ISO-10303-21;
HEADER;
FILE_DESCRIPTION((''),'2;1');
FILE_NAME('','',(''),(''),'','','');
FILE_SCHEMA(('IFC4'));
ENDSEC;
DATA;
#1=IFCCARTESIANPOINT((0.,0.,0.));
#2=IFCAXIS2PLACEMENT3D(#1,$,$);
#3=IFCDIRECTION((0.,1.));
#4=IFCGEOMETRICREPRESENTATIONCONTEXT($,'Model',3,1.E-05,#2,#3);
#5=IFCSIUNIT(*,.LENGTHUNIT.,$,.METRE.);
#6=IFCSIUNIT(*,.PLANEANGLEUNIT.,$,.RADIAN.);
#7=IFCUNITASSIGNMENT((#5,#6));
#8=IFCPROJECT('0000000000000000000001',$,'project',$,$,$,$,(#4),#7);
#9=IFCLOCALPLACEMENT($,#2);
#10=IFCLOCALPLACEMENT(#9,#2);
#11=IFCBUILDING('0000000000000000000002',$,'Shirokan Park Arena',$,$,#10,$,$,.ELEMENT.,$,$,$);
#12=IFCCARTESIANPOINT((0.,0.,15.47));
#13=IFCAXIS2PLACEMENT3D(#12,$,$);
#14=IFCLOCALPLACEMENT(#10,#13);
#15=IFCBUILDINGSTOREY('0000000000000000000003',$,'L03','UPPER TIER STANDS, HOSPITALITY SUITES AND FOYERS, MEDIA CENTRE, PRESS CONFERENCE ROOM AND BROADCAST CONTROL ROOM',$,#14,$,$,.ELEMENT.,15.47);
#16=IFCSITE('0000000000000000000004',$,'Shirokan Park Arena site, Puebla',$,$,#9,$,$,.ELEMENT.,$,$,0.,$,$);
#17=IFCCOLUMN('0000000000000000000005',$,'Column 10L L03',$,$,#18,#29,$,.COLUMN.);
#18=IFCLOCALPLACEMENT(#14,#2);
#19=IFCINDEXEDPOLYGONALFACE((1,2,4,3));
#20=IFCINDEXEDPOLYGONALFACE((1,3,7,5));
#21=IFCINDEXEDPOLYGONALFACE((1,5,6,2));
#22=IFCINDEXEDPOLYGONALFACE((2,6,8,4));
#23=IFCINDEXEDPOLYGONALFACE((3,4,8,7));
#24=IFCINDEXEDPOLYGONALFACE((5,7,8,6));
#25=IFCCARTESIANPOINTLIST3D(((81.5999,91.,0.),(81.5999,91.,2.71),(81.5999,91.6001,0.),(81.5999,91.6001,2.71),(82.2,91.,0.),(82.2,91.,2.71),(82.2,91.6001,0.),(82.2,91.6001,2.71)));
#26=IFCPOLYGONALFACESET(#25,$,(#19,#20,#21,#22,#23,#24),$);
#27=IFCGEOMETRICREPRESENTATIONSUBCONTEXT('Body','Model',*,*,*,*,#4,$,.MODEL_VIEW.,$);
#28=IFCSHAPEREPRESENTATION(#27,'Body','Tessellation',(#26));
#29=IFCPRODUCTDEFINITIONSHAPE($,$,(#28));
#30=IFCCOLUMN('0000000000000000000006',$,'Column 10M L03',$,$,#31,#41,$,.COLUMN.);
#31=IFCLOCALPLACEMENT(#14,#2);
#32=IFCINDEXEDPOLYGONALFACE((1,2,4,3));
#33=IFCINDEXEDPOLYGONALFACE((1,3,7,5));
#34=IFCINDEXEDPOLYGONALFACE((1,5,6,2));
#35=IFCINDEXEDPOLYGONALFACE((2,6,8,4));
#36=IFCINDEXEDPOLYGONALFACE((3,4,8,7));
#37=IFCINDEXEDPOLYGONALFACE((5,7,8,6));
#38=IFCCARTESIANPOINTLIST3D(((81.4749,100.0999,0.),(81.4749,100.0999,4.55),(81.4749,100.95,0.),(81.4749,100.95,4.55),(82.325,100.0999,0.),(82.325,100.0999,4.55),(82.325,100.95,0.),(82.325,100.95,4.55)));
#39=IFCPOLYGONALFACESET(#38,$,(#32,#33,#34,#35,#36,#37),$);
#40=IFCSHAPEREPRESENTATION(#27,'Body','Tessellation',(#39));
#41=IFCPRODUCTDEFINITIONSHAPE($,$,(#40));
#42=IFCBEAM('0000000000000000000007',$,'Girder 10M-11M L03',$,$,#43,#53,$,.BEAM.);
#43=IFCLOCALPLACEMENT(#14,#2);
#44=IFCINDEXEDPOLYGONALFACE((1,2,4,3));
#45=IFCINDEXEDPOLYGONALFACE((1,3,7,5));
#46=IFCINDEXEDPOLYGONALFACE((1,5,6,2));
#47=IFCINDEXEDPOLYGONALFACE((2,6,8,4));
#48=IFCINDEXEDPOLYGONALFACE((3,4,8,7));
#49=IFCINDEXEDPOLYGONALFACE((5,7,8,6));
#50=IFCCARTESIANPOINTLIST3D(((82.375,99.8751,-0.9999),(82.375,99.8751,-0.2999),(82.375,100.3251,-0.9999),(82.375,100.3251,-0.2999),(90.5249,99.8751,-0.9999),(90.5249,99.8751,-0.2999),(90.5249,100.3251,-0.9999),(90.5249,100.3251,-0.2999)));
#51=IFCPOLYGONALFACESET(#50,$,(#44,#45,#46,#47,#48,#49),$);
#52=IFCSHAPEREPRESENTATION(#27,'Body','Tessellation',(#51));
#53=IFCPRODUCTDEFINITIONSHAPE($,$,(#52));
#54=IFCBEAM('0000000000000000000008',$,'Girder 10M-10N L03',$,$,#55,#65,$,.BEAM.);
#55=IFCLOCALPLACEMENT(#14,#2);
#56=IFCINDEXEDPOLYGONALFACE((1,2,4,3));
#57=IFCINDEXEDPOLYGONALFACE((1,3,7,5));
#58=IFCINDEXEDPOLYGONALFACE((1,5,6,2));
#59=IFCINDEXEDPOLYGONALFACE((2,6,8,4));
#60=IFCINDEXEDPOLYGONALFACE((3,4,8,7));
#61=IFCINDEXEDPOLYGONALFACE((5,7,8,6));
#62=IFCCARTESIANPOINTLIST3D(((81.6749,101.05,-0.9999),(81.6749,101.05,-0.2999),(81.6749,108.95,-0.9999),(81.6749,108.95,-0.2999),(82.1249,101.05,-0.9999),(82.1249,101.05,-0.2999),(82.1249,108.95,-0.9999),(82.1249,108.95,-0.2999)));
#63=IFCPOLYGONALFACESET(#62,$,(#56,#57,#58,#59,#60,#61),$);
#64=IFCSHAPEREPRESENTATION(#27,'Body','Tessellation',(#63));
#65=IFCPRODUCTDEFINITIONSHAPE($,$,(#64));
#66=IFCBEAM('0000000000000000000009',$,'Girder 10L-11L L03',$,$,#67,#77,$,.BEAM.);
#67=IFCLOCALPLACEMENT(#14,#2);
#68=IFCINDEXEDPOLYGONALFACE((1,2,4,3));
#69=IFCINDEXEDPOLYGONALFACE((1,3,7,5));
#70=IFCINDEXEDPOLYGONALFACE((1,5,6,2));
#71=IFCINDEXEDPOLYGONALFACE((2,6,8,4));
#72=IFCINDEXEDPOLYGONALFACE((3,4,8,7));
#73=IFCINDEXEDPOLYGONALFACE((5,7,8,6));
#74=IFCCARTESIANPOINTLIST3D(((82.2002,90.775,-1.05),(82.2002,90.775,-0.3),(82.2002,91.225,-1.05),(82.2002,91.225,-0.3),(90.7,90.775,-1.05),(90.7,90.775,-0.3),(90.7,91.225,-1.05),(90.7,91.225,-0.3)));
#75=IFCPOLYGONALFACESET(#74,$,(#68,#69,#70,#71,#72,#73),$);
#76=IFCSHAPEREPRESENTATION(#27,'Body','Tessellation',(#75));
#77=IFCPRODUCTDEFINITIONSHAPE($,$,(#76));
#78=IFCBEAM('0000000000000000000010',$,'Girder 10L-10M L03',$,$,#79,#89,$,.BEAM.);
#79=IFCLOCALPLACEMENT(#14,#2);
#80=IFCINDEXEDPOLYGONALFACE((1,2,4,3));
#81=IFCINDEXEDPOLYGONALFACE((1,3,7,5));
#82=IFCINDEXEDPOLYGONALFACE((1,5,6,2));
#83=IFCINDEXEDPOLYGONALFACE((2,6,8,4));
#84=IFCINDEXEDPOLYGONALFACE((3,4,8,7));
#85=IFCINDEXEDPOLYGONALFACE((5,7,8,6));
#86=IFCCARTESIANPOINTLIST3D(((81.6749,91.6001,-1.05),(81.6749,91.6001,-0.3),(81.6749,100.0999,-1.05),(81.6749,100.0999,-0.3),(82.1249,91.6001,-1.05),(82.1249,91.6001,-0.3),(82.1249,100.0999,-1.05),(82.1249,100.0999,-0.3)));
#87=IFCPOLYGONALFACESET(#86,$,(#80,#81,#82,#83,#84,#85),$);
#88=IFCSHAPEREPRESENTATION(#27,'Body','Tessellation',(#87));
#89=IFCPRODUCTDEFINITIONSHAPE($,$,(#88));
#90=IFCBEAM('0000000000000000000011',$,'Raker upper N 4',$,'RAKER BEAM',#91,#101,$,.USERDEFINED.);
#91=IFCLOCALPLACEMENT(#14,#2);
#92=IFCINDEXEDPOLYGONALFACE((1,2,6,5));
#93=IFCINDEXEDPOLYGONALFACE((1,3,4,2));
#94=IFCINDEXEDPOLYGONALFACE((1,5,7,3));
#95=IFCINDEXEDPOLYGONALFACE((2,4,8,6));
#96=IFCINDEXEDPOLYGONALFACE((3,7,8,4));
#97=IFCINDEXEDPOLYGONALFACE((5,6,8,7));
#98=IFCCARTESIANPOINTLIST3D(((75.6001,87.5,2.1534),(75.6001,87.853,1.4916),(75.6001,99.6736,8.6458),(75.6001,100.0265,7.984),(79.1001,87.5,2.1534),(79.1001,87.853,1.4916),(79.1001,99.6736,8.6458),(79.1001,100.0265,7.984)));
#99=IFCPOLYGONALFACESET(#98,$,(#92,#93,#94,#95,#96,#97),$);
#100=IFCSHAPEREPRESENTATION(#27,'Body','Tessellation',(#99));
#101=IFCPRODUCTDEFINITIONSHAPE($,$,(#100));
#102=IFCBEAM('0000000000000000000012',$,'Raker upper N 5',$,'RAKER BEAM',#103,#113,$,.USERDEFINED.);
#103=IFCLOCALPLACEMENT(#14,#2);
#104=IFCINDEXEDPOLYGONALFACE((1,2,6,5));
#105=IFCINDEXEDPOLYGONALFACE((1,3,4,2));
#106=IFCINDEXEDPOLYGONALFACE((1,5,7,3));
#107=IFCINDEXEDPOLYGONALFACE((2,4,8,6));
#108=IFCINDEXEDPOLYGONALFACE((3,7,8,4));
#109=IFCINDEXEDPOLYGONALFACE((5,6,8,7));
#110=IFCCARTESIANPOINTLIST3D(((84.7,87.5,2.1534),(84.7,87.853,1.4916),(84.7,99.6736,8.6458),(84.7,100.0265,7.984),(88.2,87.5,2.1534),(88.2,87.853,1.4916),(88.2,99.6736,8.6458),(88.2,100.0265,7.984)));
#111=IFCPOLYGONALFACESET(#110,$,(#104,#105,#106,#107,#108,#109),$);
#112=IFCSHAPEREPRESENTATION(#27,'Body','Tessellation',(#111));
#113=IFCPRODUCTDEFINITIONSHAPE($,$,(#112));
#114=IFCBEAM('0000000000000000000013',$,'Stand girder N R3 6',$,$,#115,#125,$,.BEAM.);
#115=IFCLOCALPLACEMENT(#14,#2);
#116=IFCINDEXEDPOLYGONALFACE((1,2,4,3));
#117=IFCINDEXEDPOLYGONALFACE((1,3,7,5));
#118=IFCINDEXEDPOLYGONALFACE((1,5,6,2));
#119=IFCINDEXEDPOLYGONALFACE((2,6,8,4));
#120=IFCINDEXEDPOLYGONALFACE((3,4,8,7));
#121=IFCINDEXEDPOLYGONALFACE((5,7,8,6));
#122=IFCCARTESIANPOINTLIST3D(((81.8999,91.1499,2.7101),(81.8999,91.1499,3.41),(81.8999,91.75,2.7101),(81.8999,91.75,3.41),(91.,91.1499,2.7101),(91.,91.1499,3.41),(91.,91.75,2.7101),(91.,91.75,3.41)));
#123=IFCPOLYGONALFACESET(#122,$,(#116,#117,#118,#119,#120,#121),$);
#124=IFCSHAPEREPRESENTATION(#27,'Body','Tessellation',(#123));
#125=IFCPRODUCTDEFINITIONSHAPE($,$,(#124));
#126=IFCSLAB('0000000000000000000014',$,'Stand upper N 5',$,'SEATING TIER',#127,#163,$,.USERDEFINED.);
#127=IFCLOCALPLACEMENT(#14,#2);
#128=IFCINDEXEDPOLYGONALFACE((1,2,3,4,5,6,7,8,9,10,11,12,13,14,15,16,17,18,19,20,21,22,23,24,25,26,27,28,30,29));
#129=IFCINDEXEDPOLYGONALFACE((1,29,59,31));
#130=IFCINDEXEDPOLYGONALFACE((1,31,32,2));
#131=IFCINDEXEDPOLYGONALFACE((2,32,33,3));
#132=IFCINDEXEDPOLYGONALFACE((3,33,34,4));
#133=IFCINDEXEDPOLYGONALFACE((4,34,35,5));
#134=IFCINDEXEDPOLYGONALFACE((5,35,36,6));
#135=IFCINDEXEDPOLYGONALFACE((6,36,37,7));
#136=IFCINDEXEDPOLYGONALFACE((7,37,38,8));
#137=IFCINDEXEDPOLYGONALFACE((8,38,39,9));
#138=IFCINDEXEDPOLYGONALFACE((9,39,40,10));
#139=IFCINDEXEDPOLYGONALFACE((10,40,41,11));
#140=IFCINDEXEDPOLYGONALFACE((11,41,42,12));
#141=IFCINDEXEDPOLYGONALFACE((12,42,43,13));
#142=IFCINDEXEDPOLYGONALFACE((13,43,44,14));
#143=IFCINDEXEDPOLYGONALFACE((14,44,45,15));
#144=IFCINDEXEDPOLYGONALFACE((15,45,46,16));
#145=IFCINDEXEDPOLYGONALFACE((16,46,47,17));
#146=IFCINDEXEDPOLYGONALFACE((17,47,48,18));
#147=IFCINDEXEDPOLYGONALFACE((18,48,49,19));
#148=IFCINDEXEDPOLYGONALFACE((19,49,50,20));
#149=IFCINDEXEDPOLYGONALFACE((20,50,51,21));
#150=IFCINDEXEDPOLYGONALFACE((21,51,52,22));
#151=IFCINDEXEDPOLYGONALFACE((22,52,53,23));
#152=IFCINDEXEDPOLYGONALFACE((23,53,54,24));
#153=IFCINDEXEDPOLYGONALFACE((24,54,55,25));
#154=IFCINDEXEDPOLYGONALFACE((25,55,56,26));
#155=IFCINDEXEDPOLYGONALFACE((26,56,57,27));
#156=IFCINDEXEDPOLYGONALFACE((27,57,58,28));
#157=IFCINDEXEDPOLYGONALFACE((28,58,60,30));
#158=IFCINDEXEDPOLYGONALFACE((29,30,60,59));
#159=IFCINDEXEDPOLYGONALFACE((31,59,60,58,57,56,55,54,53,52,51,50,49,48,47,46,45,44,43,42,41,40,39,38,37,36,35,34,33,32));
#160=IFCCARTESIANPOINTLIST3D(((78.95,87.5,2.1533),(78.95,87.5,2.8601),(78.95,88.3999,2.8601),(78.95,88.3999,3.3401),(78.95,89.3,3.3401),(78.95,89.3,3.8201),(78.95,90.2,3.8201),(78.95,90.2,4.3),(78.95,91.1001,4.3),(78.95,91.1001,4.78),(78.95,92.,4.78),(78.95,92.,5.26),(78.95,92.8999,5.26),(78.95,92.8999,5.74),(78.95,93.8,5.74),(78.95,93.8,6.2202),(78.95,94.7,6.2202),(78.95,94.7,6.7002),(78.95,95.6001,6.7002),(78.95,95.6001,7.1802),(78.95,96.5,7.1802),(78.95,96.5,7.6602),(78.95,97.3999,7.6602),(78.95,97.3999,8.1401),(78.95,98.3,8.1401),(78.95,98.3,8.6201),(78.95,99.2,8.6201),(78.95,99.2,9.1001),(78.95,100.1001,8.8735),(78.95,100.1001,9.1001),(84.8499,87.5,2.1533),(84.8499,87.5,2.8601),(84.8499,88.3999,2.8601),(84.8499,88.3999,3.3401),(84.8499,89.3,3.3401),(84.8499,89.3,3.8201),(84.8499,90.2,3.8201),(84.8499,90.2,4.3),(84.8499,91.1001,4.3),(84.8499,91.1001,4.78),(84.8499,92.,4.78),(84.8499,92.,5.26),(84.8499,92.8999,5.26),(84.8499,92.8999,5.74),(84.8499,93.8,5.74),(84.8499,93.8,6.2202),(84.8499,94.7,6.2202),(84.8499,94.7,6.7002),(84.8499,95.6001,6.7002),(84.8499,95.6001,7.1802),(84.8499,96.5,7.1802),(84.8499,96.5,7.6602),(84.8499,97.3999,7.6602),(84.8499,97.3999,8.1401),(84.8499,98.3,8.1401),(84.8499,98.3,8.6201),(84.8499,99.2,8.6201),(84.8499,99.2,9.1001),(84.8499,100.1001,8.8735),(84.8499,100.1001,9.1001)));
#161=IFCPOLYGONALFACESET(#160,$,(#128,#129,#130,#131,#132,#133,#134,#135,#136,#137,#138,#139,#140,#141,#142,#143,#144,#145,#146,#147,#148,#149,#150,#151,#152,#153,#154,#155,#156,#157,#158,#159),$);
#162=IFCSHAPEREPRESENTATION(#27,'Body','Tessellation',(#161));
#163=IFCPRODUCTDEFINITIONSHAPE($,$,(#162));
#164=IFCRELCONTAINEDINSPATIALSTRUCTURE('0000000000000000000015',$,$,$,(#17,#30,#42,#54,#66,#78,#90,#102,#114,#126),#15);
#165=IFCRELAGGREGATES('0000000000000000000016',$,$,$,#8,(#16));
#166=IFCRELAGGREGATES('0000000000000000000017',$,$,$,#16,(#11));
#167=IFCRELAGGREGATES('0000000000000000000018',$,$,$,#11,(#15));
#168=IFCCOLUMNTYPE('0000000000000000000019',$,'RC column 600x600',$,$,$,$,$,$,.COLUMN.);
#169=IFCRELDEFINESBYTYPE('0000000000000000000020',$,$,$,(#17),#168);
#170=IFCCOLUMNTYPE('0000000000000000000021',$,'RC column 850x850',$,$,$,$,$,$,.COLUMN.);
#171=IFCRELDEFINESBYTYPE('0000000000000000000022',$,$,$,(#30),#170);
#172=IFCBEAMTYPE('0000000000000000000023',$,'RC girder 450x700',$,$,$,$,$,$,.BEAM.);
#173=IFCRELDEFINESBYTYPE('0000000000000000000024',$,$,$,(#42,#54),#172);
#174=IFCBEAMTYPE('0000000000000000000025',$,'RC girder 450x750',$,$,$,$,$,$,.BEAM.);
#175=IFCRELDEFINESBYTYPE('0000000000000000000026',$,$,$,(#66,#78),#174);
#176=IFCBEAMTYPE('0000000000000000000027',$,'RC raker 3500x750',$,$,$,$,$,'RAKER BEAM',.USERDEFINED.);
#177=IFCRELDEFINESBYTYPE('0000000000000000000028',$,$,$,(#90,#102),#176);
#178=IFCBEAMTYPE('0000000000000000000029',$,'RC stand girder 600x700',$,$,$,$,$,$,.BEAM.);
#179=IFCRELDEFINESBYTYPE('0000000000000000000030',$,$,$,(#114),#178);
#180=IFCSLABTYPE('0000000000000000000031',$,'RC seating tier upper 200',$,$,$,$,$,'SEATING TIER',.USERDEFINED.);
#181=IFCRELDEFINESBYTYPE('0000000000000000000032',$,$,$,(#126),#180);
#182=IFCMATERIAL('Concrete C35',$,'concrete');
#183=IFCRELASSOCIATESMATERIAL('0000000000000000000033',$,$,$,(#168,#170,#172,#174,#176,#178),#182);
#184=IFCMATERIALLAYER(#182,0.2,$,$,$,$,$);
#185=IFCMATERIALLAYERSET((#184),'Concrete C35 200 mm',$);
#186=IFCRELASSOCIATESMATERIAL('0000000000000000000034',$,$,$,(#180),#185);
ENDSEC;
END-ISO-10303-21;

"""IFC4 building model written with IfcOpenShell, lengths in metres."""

from ifc_helpers import new_model, si_unit, direction, frame, origin, origin_2d, place, context, subcontext, project, spatial, polyline, rectangle, outline, extrude, material, layer, layer_set, material_profile, profile_set, type_object, element, save


model = new_model("IFC4")

# Units and contexts
model_context = context("Model", 3, precision=1e-05, world=origin(), true_north=direction((0.0, 1.0)))
body_context = subcontext(model_context, "Body", "Model", "MODEL_VIEW")
ifc_project = project(units=[si_unit("LENGTHUNIT", "METRE"), si_unit("PLANEANGLEUNIT", "RADIAN")], contexts=[model_context])

# Site, building, storey
site_placement = place(None, origin())
site = spatial("IfcSite", under=ifc_project, at=site_placement, Name="Shirokan Park Arena site, Puebla", CompositionType="ELEMENT", RefElevation=0.0)
building_placement = place(site_placement, origin())
building = spatial("IfcBuilding", under=site, at=building_placement, Name="Shirokan Park Arena", CompositionType="ELEMENT")
storey_placement = place(building_placement, frame((0.0, 0.0, 15.47)))
storey = spatial("IfcBuildingStorey", under=building, at=storey_placement, Name="L03", Description="UPPER TIER STANDS, HOSPITALITY SUITES AND FOYERS, MEDIA CENTRE, PRESS CONFERENCE ROOM AND BROADCAST CONTROL ROOM", CompositionType="ELEMENT", Elevation=15.47)

# Columns
ifc_material_1 = material(Name="Concrete C35", Category="concrete")
ifc_material_profile_1 = material_profile(ifc_material_1, rectangle(XDim=0.6001, YDim=0.6001, at=origin_2d()), Name="600x600")
ifc_profile_set_1 = profile_set([ifc_material_profile_1], Name="Concrete C35")
column_type_1 = type_object("IfcColumnType", Name="RC column 600x600", PredefinedType="COLUMN", material=ifc_profile_set_1)
column_1_placement = place(storey_placement, frame((81.8999, 91.3, 0.0), z_axis=(0.0, 0.0, 1.0), x_axis=(1.0, 0.0, 0.0)))
element("IfcColumn", 1, at=column_1_placement, inside=storey, type_object=column_type_1, Name="Column 10L L03", PredefinedType="COLUMN", context=body_context, shape_type="SweptSolid", body=[
    extrude(rectangle(XDim=0.6001, YDim=0.6001, at=origin_2d()), origin(), (0.0, 0.0, 1.0), 2.71),
])
ifc_material_profile_2 = material_profile(ifc_material_1, rectangle(XDim=0.8501, YDim=0.8501, at=origin_2d()), Name="850x850")
ifc_profile_set_2 = profile_set([ifc_material_profile_2], Name="Concrete C35")
column_type_2 = type_object("IfcColumnType", Name="RC column 850x850", PredefinedType="COLUMN", material=ifc_profile_set_2)
column_2_placement = place(storey_placement, frame((81.8999, 100.5249, 0.0), z_axis=(0.0, 0.0, 1.0), x_axis=(1.0, 0.0, 0.0)))
element("IfcColumn", 2, at=column_2_placement, inside=storey, type_object=column_type_2, Name="Column 10M L03", PredefinedType="COLUMN", context=body_context, shape_type="SweptSolid", body=[
    extrude(rectangle(XDim=0.8501, YDim=0.8501, at=origin_2d()), origin(), (0.0, 0.0, 1.0), 4.55),
])

# Beams
ifc_material_profile_3 = material_profile(ifc_material_1, rectangle(XDim=0.45, YDim=0.7, at=origin_2d()), Name="450x700")
ifc_profile_set_3 = profile_set([ifc_material_profile_3], Name="Concrete C35")
beam_type_1 = type_object("IfcBeamType", Name="RC girder 450x700", PredefinedType="BEAM", material=ifc_profile_set_3)
beam_1_placement = place(storey_placement, frame((82.375, 100.1001, -0.6499), z_axis=(1.0, 0.0, 0.0), x_axis=(0.0, 1.0, 0.0)))
element("IfcBeam", 3, at=beam_1_placement, inside=storey, type_object=beam_type_1, Name="Girder 10M-11M L03", PredefinedType="BEAM", context=body_context, shape_type="SweptSolid", body=[
    extrude(rectangle(XDim=0.45, YDim=0.7, at=origin_2d()), origin(), (0.0, 0.0, 1.0), 8.1499),
])
beam_2_placement = place(storey_placement, frame((81.8999, 101.05, -0.6499), z_axis=(0.0, 1.0, 0.0), x_axis=(-1.0, 0.0, 0.0)))
element("IfcBeam", 4, at=beam_2_placement, inside=storey, type_object=beam_type_1, Name="Girder 10M-10N L03", PredefinedType="BEAM", context=body_context, shape_type="SweptSolid", body=[
    extrude(rectangle(XDim=0.45, YDim=0.7, at=origin_2d()), origin(), (0.0, 0.0, 1.0), 7.8999),
])
ifc_material_profile_4 = material_profile(ifc_material_1, rectangle(XDim=0.45, YDim=0.75, at=origin_2d()), Name="450x750")
ifc_profile_set_4 = profile_set([ifc_material_profile_4], Name="Concrete C35")
beam_type_2 = type_object("IfcBeamType", Name="RC girder 450x750", PredefinedType="BEAM", material=ifc_profile_set_4)
for number, where, z_axis, x_axis, name in (
    (5, (82.2002, 91.0, -0.675), (1.0, 0.0, 0.0), (0.0, 1.0, 0.0), "Girder 10L-11L L03"),
    (6, (81.8999, 91.6001, -0.675), (0.0, 1.0, 0.0), (-1.0, 0.0, 0.0), "Girder 10L-10M L03"),
):
    element("IfcBeam", number, at=place(storey_placement, frame(where, z_axis=z_axis, x_axis=x_axis)), inside=storey, type_object=beam_type_2, Name=name, PredefinedType="BEAM", context=body_context, shape_type="SweptSolid", body=[
        extrude(rectangle(XDim=0.45, YDim=0.75, at=origin_2d()), origin(), (0.0, 0.0, 1.0), 8.4998),
    ])
ifc_material_profile_5 = material_profile(ifc_material_1, rectangle(XDim=3.5, YDim=0.75, at=origin_2d()), Name="3500x750")
ifc_profile_set_5 = profile_set([ifc_material_profile_5], Name="Concrete C35")
beam_type_3 = type_object("IfcBeamType", Name="RC raker 3500x750", ElementType="RAKER BEAM", PredefinedType="USERDEFINED", material=ifc_profile_set_5)
for number, where, z_axis, x_axis, name in (
    (7, (77.3501, 87.6765, 1.8225), (0.0, 0.882357, 0.47058), (-1.0, 0.0, 0.0), "Raker upper N 4"),
    (8, (86.45, 87.6765, 1.8225), (0.0, 0.882357, 0.47058), (-1.0, 0.0, 0.0), "Raker upper N 5"),
):
    element("IfcBeam", number, at=place(storey_placement, frame(where, z_axis=z_axis, x_axis=x_axis)), inside=storey, type_object=beam_type_3, Name=name, ObjectType="RAKER BEAM", PredefinedType="USERDEFINED", context=body_context, shape_type="SweptSolid", body=[
        extrude(rectangle(XDim=3.5, YDim=0.75, at=origin_2d()), origin(), (0.0, 0.0, 1.0), 13.7966),
    ])
ifc_material_profile_6 = material_profile(ifc_material_1, rectangle(XDim=0.6001, YDim=0.7, at=origin_2d()), Name="600x700")
ifc_profile_set_6 = profile_set([ifc_material_profile_6], Name="Concrete C35")
beam_type_4 = type_object("IfcBeamType", Name="RC stand girder 600x700", PredefinedType="BEAM", material=ifc_profile_set_6)
beam_3_placement = place(storey_placement, frame((81.8999, 91.45, 3.0601), z_axis=(1.0, 0.0, 0.0), x_axis=(0.0, 1.0, 0.0)))
element("IfcBeam", 9, at=beam_3_placement, inside=storey, type_object=beam_type_4, Name="Stand girder N R3 6", PredefinedType="BEAM", context=body_context, shape_type="SweptSolid", body=[
    extrude(rectangle(XDim=0.6001, YDim=0.7, at=origin_2d()), origin(), (0.0, 0.0, 1.0), 9.1001),
])

# Slab
ifc_layer_1 = layer(ifc_material_1, 0.2)
ifc_layer_set_1 = layer_set([ifc_layer_1], Name="Concrete C35 200 mm")
slab_type = type_object("IfcSlabType", Name="RC seating tier upper 200", ElementType="SEATING TIER", PredefinedType="USERDEFINED", material=ifc_layer_set_1)
slab_placement = place(storey_placement, frame((81.8999, 87.5, 2.8601), z_axis=(0.0, 0.0, 1.0), x_axis=(0.0, 1.0, 0.0)))
element("IfcSlab", 10, at=slab_placement, inside=storey, type_object=slab_type, Name="Stand upper N 5", ObjectType="SEATING TIER", PredefinedType="USERDEFINED", context=body_context, shape_type="SweptSolid", body=[
    extrude(outline(polyline([(0.0, 0.0), (0.8999, 0.0), (0.8999, 0.48), (1.8, 0.48), (1.8, 0.96), (2.7, 0.96), (2.7, 1.4399), (3.6001, 1.4399), (3.6001, 1.9199), (4.5, 1.9199), (4.5, 2.3999), (5.3999, 2.3999), (5.3999, 2.8799), (6.3, 2.8799), (6.3, 3.3601), (7.2, 3.3601), (7.2, 3.8401), (8.1001, 3.8401), (8.1001, 4.3201), (9.0, 4.3201), (9.0, 4.8), (9.8999, 4.8), (9.8999, 5.28), (10.8, 5.28), (10.8, 5.76), (11.7, 5.76), (11.7, 6.24), (12.6001, 6.24), (12.6001, 6.0134), (0.0, -0.7068), (0.0, 0.0)])), frame((0.0, 2.95, 0.0), z_axis=(0.0, -1.0, 0.0), x_axis=(1.0, 0.0, 0.0)), (0.0, 0.0, 1.0), 5.8999),
])

save(model, "model.ifc")
